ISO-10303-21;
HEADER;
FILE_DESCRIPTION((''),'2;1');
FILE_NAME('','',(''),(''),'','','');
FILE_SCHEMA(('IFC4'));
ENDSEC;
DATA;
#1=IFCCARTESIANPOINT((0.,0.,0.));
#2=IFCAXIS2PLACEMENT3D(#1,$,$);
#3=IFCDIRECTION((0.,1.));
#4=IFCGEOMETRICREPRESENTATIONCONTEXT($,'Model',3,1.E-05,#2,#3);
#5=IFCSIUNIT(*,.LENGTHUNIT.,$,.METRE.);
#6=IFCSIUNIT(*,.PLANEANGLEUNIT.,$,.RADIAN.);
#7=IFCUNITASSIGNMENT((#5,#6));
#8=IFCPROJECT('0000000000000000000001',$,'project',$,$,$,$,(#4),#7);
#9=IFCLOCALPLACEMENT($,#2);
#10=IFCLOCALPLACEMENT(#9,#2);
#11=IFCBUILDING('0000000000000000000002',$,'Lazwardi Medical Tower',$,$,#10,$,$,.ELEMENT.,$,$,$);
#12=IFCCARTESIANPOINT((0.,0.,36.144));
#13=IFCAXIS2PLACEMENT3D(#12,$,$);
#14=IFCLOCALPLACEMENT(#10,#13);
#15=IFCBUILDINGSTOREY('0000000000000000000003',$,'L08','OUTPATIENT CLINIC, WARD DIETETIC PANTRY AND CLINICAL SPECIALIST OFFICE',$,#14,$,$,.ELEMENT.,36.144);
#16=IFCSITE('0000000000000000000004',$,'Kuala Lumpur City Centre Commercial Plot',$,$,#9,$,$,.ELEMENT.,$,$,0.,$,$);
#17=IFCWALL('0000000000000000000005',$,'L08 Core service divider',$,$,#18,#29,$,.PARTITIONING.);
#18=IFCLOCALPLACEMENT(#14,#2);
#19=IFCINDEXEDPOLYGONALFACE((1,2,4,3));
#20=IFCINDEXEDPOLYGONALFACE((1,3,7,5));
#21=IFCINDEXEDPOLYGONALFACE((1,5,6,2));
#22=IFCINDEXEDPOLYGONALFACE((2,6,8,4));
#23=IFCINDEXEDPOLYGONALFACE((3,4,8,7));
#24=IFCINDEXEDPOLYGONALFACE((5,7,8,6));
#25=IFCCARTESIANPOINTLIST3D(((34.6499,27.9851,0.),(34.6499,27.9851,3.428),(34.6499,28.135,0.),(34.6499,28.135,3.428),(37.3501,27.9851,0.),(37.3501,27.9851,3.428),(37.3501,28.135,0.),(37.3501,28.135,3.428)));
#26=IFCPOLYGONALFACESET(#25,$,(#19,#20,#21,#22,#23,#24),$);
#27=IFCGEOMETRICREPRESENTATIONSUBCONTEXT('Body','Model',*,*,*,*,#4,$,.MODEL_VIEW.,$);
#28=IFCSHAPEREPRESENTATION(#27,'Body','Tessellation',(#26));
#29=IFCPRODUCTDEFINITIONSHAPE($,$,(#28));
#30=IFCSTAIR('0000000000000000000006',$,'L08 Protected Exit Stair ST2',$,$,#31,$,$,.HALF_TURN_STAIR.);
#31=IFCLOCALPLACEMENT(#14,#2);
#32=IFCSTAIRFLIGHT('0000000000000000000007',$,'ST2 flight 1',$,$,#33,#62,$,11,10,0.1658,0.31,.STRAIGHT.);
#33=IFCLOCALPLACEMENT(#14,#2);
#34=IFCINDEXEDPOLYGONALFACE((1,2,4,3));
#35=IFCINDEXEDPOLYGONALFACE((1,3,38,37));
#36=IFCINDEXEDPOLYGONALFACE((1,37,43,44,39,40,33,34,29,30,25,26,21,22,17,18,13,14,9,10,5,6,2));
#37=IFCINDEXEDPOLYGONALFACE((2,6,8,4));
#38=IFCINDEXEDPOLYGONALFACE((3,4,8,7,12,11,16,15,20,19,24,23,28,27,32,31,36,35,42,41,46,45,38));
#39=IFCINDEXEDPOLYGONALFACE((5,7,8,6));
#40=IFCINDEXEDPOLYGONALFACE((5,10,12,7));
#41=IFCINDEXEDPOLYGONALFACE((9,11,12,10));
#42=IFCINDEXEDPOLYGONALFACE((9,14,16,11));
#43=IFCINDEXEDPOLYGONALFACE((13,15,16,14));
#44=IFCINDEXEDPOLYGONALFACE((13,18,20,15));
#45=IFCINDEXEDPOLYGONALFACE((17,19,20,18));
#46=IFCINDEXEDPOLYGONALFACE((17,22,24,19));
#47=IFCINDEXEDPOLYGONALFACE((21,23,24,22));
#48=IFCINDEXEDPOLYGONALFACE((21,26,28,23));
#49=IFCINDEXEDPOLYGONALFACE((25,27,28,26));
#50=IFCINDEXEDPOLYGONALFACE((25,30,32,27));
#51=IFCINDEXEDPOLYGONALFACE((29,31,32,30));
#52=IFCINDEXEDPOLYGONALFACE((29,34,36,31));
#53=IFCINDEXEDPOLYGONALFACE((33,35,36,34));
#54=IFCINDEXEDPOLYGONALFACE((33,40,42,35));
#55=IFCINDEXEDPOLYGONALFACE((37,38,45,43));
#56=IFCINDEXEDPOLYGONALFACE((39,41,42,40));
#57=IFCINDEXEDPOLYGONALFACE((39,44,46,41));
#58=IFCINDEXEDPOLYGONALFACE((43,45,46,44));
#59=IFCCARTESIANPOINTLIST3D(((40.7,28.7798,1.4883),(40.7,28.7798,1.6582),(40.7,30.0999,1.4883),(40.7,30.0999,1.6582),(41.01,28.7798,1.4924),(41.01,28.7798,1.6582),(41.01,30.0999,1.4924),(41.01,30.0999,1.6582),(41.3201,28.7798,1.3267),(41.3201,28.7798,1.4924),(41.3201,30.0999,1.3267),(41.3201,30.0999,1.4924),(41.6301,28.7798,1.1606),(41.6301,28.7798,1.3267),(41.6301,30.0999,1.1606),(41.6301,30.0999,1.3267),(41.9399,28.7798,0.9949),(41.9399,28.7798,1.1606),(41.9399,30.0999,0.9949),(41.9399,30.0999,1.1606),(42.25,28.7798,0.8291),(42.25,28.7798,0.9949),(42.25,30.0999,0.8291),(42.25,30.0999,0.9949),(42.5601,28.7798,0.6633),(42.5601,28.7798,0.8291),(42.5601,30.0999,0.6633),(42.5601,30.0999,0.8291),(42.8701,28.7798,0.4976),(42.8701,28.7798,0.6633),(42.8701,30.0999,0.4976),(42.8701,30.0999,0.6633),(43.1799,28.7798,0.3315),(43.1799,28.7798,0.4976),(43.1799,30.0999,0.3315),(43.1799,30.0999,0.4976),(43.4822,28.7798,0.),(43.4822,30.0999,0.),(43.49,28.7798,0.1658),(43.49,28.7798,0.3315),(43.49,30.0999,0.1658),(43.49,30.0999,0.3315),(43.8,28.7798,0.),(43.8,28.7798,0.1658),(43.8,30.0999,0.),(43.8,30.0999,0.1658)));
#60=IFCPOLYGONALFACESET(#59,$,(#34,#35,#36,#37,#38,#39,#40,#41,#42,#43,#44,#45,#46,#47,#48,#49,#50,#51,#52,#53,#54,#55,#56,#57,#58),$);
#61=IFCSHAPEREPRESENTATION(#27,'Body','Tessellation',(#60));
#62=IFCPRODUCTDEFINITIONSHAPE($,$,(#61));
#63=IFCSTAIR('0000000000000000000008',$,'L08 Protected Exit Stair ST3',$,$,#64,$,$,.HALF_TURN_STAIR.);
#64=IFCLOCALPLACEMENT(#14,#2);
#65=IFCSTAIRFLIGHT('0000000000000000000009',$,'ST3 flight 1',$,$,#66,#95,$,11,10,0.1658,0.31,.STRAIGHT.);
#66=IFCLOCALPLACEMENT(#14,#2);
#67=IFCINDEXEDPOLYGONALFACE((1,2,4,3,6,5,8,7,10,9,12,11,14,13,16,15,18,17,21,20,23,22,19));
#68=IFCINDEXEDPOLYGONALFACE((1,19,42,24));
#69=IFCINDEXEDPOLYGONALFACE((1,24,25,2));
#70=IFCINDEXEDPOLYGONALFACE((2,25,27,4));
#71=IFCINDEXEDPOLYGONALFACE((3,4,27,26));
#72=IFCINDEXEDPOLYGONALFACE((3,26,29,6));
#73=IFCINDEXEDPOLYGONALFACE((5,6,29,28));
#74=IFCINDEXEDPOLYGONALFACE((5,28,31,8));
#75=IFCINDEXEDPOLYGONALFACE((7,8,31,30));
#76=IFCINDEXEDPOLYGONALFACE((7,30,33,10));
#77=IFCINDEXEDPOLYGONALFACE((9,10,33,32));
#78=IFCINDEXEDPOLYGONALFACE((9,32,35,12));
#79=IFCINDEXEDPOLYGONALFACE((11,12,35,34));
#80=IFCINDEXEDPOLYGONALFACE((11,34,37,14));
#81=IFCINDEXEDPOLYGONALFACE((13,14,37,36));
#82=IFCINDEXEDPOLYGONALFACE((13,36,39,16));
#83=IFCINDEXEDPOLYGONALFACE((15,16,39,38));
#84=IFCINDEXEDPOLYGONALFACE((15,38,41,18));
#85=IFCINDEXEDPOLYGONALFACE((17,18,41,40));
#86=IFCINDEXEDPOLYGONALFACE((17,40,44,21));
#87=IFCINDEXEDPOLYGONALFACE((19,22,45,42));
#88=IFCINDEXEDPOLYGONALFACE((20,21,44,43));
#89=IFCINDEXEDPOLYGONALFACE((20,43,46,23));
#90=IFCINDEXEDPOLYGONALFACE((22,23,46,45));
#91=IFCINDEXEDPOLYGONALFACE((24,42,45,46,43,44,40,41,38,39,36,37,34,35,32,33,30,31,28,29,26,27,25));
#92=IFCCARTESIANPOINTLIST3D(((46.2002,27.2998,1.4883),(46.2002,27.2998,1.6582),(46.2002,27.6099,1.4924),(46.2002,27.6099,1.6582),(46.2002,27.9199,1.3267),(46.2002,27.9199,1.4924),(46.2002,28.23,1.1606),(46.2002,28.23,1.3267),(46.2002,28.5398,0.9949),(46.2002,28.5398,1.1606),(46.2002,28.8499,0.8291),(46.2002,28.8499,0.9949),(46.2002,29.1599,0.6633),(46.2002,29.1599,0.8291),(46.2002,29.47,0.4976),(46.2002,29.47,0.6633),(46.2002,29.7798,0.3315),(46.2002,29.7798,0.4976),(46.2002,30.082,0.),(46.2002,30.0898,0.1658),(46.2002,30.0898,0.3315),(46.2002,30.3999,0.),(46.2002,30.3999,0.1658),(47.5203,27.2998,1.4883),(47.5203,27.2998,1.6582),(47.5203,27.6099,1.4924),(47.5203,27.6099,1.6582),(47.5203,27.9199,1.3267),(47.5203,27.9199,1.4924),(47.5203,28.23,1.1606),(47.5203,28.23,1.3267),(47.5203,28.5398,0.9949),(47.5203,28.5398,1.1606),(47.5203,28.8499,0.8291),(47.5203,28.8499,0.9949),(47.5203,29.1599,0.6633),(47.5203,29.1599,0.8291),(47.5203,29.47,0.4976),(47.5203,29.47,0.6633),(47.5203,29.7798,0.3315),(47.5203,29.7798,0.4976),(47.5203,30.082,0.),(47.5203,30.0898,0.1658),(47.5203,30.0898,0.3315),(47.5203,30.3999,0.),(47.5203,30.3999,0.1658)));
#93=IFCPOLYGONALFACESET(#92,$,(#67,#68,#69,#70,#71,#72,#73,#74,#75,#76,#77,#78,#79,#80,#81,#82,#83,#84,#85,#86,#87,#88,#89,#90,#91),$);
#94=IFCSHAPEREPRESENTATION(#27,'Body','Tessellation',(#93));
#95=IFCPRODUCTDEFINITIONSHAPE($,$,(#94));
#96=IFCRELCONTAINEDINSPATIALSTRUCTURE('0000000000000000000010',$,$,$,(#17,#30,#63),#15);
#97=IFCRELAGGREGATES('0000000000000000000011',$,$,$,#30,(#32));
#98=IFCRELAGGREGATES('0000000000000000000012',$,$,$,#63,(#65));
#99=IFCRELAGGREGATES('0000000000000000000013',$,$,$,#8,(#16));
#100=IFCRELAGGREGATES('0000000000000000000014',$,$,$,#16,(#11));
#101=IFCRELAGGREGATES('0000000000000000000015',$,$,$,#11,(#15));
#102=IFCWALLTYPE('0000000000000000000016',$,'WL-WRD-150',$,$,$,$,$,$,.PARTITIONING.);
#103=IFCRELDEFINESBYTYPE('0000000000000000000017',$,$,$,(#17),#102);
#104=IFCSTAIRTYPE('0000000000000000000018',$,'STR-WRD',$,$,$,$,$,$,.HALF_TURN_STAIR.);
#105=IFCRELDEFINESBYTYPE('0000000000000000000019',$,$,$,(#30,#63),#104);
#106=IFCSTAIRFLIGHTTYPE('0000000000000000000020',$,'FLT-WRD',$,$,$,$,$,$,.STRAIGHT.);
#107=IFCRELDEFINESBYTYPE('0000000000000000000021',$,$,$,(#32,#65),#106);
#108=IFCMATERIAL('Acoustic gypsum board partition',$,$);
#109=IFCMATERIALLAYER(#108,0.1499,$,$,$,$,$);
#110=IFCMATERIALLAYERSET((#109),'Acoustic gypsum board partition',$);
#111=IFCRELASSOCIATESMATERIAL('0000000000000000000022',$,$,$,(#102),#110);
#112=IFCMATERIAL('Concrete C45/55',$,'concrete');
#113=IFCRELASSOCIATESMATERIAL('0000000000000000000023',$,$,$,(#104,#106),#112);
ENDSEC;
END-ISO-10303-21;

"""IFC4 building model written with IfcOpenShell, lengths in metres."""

from ifc_helpers import new_model, si_unit, direction, frame, frame_2d, origin, place, context, subcontext, project, spatial, polyline, rectangle, outline, extrude, material, layer, layer_set, type_object, element, aggregate, save


model = new_model("IFC4")

# Units and contexts
model_context = context("Model", 3, precision=1e-05, world=origin(), true_north=direction((0.0, 1.0)))
body_context = subcontext(model_context, "Body", "Model", "MODEL_VIEW")
ifc_project = project(units=[si_unit("LENGTHUNIT", "METRE"), si_unit("PLANEANGLEUNIT", "RADIAN")], contexts=[model_context])

# Site, building, storey
site_placement = place(None, origin())
site = spatial("IfcSite", under=ifc_project, at=site_placement, Name="Kuala Lumpur City Centre Commercial Plot", CompositionType="ELEMENT", RefElevation=0.0)
building_placement = place(site_placement, origin())
building = spatial("IfcBuilding", under=site, at=building_placement, Name="Lazwardi Medical Tower", CompositionType="ELEMENT")
storey_placement = place(building_placement, frame((0.0, 0.0, 36.144)))
storey = spatial("IfcBuildingStorey", under=building, at=storey_placement, Name="L08", Description="OUTPATIENT CLINIC, WARD DIETETIC PANTRY AND CLINICAL SPECIALIST OFFICE", CompositionType="ELEMENT", Elevation=36.144)

# Wall
ifc_material_1 = material(Name="Acoustic gypsum board partition")
ifc_layer_1 = layer(ifc_material_1, 0.1499)
ifc_layer_set_1 = layer_set([ifc_layer_1], Name="Acoustic gypsum board partition")
wall_type_1 = type_object("IfcWallType", Name="WL-WRD-150", PredefinedType="PARTITIONING", material=ifc_layer_set_1)
wall_1_placement = place(storey_placement, frame((34.6499, 28.0601, 0.0), z_axis=(0.0, 0.0, 1.0), x_axis=(1.0, 0.0, 0.0)))
element("IfcWall", 1, at=wall_1_placement, inside=storey, type_object=wall_type_1, Name="L08 Core service divider", PredefinedType="PARTITIONING", context=body_context, shape_type="SweptSolid", body=[
    extrude(rectangle(XDim=2.7002, YDim=0.1499, at=frame_2d((1.3501, 0.0))), origin(), (0.0, 0.0, 1.0), 3.428),
])

# Stairs, stair flights
ifc_material_2 = material(Name="Concrete C45/55", Category="concrete")
stair_type = type_object("IfcStairType", Name="STR-WRD", PredefinedType="HALF_TURN_STAIR", material=ifc_material_2)
stair_1_placement = place(storey_placement, origin())
stair_1 = element("IfcStair", 2, at=stair_1_placement, inside=storey, type_object=stair_type, Name="L08 Protected Exit Stair ST2", PredefinedType="HALF_TURN_STAIR")
stair_flight_type = type_object("IfcStairFlightType", Name="FLT-WRD", PredefinedType="STRAIGHT", material=ifc_material_2)
stair_flight_1_placement = place(storey_placement, frame((43.8, 29.4399, 0.0), z_axis=(0.0, 0.0, 1.0), x_axis=(-1.0, 0.0, 0.0)))
stair_flight_1 = element("IfcStairFlight", 3, at=stair_flight_1_placement, type_object=stair_flight_type, Name="ST2 flight 1", NumberOfRisers=11, NumberOfTreads=10, PredefinedType="STRAIGHT", RiserHeight=0.1658, TreadLength=0.31, context=body_context, shape_type="SweptSolid", body=[
    extrude(outline(polyline([(0.0, 0.0), (0.0, 0.1658), (0.3101, 0.1658), (0.3101, 0.3315), (0.6201, 0.3315), (0.6201, 0.4976), (0.9299, 0.4976), (0.9299, 0.6633), (1.24, 0.6633), (1.24, 0.8291), (1.55, 0.8291), (1.55, 0.9949), (1.8601, 0.9949), (1.8601, 1.1606), (2.1699, 1.1606), (2.1699, 1.3267), (2.48, 1.3267), (2.48, 1.4924), (2.79, 1.4924), (2.79, 1.6582), (3.1001, 1.6582), (3.1001, 1.824), (3.1001, 1.4883), (0.3179, 0.0), (0.0, 0.0)])), frame((0.0, 0.6602, 0.0), z_axis=(0.0, -1.0, 0.0), x_axis=(1.0, 0.0, 0.0)), (0.0, 0.0, 1.0), 1.3201),
])
aggregate(stair_1, [stair_flight_1])
stair_2_placement = place(storey_placement, origin())
stair_2 = element("IfcStair", 4, at=stair_2_placement, inside=storey, type_object=stair_type, Name="L08 Protected Exit Stair ST3", PredefinedType="HALF_TURN_STAIR")
stair_flight_2_placement = place(storey_placement, frame((46.8601, 30.3999, 0.0), z_axis=(0.0, 0.0, 1.0), x_axis=(0.0, -1.0, 0.0)))
stair_flight_2 = element("IfcStairFlight", 5, at=stair_flight_2_placement, type_object=stair_flight_type, Name="ST3 flight 1", NumberOfRisers=11, NumberOfTreads=10, PredefinedType="STRAIGHT", RiserHeight=0.1658, TreadLength=0.31, context=body_context, shape_type="SweptSolid", body=[
    extrude(outline(polyline([(0.0, 0.0), (0.0, 0.1658), (0.3101, 0.1658), (0.3101, 0.3315), (0.6201, 0.3315), (0.6201, 0.4976), (0.9299, 0.4976), (0.9299, 0.6633), (1.24, 0.6633), (1.24, 0.8291), (1.55, 0.8291), (1.55, 0.9949), (1.8601, 0.9949), (1.8601, 1.1606), (2.1699, 1.1606), (2.1699, 1.3267), (2.48, 1.3267), (2.48, 1.4924), (2.79, 1.4924), (2.79, 1.6582), (3.1001, 1.6582), (3.1001, 1.824), (3.1001, 1.4883), (0.3179, 0.0), (0.0, 0.0)])), frame((0.0, 0.6602, 0.0), z_axis=(0.0, -1.0, 0.0), x_axis=(1.0, 0.0, 0.0)), (0.0, 0.0, 1.0), 1.3201),
])
aggregate(stair_2, [stair_flight_2])

save(model, "model.ifc")
